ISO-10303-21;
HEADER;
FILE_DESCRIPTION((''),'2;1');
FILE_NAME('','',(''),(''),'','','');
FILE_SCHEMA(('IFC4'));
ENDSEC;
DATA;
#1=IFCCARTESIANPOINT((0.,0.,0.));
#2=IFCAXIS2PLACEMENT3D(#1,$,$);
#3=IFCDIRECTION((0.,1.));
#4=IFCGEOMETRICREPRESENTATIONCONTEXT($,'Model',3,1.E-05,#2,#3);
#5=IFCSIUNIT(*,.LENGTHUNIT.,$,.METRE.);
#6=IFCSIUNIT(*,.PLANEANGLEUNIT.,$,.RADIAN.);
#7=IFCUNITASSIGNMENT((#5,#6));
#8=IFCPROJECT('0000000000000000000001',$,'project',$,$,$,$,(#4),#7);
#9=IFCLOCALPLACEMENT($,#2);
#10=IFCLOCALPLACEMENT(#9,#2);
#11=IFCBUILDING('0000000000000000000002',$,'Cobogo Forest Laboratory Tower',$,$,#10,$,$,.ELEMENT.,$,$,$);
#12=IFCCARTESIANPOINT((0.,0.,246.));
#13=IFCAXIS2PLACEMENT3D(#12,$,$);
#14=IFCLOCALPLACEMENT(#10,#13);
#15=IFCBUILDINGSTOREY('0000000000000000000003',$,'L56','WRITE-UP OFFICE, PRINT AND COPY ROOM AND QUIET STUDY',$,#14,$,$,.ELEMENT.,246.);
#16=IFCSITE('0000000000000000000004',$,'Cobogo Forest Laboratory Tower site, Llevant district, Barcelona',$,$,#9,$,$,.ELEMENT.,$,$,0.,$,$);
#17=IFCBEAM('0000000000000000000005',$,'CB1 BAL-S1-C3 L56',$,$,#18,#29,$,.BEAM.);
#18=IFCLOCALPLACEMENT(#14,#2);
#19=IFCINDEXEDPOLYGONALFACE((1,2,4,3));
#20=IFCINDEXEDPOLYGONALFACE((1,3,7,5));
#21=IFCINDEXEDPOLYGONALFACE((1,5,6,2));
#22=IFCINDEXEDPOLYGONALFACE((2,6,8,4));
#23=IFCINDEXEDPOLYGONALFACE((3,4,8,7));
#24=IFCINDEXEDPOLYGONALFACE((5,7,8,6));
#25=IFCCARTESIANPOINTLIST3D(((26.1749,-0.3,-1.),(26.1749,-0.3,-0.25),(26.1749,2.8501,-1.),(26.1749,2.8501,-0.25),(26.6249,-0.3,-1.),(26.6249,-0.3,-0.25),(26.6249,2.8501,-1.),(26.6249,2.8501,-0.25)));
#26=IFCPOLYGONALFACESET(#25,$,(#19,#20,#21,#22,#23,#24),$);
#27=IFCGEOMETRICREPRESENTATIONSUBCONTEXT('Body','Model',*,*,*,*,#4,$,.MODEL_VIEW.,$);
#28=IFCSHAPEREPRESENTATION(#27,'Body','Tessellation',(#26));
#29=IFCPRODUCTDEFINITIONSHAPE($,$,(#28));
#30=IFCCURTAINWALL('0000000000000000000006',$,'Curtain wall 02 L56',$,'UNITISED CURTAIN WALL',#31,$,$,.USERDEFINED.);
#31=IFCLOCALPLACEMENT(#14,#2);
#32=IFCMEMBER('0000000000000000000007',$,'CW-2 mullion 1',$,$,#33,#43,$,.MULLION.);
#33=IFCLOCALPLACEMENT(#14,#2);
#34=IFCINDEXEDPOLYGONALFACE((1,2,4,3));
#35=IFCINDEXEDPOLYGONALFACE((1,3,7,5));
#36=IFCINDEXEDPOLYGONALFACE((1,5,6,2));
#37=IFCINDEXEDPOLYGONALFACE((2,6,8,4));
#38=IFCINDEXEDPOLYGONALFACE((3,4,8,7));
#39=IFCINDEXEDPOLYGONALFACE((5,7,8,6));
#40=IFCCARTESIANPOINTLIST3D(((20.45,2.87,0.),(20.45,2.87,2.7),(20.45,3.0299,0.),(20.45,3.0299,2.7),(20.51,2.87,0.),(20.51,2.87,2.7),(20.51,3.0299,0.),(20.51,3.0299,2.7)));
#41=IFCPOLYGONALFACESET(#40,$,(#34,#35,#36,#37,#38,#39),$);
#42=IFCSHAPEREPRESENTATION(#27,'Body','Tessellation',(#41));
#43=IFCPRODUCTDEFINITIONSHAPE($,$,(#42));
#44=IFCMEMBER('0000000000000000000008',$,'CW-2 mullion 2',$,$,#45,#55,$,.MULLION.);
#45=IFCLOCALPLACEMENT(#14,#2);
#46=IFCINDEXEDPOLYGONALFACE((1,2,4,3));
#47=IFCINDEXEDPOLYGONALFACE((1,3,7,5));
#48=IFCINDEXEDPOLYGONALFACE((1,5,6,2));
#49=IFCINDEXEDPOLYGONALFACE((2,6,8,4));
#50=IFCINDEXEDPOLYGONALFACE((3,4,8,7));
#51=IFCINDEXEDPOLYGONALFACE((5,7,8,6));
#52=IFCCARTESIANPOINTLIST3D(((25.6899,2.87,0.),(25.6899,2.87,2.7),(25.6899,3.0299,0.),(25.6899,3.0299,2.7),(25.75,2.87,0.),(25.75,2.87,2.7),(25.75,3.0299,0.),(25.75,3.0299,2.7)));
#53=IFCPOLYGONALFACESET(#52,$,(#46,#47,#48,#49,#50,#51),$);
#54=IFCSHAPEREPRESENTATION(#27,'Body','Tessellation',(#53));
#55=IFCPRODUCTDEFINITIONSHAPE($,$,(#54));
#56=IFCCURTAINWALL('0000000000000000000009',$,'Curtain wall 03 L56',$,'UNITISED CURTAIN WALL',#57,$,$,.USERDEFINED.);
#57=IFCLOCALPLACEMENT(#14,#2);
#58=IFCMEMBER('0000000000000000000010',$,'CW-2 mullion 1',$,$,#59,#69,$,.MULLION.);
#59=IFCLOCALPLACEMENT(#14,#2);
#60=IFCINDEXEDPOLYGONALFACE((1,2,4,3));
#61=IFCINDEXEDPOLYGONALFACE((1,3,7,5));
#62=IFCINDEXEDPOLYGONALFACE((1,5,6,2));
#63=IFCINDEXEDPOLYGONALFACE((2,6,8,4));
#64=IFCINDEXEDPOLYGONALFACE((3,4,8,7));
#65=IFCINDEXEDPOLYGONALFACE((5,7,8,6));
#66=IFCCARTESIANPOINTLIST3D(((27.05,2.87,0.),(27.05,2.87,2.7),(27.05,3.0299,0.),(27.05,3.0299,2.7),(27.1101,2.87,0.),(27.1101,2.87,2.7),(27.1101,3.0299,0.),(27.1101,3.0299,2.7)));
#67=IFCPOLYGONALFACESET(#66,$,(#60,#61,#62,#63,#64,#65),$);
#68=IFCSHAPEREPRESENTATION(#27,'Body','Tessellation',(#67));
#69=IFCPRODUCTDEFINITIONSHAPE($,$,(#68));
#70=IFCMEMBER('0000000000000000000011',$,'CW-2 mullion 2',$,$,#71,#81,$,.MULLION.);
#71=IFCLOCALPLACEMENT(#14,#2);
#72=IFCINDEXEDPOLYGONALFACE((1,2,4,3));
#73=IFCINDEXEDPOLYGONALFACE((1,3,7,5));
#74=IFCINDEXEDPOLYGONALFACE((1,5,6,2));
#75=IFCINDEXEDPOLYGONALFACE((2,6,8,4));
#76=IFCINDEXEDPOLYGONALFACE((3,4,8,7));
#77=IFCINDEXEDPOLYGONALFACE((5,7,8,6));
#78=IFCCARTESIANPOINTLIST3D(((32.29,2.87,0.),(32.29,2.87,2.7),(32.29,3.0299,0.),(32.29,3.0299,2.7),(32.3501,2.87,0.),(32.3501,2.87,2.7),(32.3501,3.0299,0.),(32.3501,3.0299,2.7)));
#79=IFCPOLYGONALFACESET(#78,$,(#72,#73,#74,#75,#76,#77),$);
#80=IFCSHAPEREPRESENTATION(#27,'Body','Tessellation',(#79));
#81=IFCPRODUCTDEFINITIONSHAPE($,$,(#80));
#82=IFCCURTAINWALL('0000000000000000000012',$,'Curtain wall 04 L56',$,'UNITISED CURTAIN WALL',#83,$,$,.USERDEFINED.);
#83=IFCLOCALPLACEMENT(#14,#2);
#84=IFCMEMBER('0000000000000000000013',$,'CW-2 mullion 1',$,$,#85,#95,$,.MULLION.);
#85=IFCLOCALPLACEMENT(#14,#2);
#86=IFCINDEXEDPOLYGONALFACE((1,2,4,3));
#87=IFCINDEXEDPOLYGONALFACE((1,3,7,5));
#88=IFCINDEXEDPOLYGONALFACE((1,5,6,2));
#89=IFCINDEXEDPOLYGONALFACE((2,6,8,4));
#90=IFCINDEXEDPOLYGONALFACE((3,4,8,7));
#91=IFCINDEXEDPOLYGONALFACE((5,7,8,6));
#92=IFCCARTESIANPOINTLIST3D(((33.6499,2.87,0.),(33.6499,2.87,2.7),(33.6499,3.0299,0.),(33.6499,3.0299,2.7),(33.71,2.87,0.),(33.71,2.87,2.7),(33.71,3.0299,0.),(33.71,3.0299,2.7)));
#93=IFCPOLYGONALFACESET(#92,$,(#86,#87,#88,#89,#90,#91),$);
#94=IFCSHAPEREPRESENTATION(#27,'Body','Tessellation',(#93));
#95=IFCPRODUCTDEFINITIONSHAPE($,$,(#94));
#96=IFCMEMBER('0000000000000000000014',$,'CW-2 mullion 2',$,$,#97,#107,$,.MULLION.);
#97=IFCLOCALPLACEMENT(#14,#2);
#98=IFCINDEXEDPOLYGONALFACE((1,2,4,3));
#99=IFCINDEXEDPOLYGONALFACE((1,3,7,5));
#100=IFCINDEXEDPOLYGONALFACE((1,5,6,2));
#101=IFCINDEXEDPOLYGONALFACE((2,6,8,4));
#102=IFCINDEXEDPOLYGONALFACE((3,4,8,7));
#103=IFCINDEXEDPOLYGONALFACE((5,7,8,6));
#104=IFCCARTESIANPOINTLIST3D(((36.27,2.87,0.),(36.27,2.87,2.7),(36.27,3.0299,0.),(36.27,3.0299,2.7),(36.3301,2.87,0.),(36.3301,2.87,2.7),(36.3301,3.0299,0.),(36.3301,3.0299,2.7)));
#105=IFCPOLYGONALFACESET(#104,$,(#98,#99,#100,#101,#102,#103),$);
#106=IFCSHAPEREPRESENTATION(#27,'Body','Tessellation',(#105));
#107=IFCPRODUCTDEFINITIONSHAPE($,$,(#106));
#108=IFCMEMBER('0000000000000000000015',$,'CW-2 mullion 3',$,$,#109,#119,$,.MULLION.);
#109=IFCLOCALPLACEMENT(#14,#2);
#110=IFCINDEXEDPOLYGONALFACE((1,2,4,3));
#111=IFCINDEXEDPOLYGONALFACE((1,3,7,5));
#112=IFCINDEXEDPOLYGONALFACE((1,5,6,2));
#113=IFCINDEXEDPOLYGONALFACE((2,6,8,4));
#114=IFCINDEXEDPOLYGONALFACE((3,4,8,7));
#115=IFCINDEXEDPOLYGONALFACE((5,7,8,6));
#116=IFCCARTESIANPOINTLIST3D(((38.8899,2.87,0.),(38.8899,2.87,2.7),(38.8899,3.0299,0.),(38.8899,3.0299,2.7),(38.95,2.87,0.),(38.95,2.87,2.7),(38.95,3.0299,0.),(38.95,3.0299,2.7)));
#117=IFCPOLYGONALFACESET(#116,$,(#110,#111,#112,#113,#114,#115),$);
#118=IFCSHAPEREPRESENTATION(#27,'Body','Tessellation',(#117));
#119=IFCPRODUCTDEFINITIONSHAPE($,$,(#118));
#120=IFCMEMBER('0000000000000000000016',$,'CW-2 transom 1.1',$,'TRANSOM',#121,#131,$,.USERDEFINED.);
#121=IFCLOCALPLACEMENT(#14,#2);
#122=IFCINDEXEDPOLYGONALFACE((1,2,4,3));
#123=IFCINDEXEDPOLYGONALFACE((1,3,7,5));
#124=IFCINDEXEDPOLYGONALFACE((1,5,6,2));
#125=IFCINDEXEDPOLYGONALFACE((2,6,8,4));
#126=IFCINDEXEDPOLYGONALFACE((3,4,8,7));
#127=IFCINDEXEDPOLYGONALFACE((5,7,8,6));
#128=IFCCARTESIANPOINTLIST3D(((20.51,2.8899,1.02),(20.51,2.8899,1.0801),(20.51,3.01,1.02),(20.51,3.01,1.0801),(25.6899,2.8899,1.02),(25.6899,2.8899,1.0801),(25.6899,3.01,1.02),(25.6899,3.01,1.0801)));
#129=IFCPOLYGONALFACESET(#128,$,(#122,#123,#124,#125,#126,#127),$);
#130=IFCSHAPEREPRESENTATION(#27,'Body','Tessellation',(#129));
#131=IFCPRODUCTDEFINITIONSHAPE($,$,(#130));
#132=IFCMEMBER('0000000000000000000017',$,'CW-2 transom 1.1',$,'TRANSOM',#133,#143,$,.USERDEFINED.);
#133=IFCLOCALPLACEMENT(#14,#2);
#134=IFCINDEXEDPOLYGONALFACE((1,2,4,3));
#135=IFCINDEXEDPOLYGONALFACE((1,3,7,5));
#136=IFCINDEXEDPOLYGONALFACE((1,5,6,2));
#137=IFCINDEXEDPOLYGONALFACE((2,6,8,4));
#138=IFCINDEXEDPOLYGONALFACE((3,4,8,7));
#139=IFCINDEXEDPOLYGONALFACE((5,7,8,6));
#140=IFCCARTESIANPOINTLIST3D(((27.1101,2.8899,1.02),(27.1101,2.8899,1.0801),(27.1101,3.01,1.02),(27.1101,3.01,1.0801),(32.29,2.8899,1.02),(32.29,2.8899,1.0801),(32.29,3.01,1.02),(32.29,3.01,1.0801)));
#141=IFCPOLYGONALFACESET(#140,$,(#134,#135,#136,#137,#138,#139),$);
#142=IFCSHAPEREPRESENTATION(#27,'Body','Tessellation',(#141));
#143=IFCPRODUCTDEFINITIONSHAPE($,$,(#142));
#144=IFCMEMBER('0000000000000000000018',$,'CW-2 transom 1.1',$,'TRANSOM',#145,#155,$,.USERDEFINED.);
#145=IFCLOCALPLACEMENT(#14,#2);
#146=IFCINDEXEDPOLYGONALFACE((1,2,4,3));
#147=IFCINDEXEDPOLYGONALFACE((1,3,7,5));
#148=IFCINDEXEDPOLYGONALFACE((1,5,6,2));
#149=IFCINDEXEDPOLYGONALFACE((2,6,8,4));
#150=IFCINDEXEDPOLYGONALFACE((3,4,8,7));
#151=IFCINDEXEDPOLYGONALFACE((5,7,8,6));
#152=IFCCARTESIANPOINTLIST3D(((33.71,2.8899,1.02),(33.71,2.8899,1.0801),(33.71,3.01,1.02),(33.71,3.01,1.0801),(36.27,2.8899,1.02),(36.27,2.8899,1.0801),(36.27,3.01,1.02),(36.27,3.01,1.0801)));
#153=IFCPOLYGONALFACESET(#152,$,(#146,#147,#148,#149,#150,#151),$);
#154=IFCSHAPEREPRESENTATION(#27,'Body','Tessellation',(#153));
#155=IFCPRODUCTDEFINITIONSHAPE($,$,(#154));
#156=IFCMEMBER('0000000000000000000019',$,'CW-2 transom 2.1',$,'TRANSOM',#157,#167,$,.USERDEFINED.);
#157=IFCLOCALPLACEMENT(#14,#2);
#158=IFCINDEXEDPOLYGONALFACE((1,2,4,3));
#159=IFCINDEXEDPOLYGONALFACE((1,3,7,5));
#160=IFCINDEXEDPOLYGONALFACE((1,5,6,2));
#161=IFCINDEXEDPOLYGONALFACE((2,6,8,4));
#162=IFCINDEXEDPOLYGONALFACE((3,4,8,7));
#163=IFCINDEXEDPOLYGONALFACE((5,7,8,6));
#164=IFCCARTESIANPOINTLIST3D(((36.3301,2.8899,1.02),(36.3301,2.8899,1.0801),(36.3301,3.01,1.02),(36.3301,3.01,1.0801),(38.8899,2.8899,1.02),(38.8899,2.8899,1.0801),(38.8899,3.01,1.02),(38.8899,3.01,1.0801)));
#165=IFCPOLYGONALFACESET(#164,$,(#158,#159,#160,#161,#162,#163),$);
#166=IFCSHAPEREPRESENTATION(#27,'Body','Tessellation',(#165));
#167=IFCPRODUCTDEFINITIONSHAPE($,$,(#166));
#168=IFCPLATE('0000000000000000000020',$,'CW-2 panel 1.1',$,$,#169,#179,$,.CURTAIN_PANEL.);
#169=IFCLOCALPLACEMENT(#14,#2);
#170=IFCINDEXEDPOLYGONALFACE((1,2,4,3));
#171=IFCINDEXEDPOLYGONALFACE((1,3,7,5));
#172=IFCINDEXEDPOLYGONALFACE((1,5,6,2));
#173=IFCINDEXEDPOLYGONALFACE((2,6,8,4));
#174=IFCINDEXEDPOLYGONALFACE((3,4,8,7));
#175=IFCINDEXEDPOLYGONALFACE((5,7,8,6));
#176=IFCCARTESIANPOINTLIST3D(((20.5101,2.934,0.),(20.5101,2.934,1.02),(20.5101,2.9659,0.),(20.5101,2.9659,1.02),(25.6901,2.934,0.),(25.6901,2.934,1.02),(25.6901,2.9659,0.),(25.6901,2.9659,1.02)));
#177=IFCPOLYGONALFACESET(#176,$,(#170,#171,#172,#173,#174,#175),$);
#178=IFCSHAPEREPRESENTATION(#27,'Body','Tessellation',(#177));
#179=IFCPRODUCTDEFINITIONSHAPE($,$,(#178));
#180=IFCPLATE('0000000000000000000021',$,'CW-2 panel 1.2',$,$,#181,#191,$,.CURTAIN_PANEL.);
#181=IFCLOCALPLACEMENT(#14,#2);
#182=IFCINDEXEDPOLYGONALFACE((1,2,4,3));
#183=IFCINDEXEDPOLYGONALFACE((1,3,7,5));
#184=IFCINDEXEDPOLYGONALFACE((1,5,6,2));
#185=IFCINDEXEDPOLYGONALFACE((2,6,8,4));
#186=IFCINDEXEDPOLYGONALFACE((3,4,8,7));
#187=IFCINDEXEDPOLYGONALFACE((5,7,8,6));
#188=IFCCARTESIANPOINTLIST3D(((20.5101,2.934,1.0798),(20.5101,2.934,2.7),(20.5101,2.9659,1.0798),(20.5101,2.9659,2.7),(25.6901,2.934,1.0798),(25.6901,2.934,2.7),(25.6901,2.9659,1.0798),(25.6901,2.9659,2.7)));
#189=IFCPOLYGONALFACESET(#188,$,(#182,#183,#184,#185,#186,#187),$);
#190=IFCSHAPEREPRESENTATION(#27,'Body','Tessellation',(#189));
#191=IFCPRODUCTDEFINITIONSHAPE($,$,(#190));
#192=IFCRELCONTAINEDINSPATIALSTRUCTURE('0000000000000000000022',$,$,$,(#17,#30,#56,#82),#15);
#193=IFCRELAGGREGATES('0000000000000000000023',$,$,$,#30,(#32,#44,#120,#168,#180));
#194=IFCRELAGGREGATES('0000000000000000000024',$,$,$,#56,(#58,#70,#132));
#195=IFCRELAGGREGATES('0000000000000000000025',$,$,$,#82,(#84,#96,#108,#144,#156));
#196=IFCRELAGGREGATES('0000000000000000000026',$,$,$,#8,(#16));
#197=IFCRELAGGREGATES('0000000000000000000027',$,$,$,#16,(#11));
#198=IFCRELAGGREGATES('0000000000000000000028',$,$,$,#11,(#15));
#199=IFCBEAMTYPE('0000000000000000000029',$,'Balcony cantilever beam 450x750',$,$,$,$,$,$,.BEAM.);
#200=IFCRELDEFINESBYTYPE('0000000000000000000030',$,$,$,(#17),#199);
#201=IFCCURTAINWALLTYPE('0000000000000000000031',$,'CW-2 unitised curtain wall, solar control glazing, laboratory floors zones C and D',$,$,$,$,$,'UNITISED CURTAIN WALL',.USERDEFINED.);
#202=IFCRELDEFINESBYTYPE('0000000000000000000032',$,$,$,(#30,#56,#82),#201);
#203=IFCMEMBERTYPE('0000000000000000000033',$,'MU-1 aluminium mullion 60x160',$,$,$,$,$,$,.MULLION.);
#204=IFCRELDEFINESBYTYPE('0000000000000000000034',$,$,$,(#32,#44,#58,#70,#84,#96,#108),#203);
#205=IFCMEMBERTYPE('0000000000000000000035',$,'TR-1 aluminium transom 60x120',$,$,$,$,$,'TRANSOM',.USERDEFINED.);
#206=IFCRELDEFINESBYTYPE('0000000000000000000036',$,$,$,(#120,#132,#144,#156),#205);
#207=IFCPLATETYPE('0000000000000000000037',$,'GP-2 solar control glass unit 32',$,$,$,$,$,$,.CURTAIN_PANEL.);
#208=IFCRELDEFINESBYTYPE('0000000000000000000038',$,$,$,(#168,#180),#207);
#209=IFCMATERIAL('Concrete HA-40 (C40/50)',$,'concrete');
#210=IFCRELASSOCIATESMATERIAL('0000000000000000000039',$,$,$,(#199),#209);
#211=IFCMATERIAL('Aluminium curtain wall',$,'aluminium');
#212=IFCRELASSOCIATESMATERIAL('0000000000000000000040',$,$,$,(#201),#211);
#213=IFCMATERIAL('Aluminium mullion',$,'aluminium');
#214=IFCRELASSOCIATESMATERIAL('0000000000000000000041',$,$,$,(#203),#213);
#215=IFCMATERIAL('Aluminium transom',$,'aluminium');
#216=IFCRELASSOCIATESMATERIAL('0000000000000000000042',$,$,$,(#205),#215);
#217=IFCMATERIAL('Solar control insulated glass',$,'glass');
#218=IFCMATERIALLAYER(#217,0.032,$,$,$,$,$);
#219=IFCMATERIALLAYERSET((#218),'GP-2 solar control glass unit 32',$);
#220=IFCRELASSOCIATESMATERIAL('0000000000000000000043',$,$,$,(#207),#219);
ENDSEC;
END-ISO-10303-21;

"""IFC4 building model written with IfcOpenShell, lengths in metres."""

from ifc_helpers import new_model, si_unit, direction, frame, origin, origin_2d, place, context, subcontext, project, spatial, rectangle, extrude, material, layer, layer_set, material_profile, profile_set, type_object, element, aggregate, save


model = new_model("IFC4")

# Units and contexts
model_context = context("Model", 3, precision=1e-05, world=origin(), true_north=direction((0.0, 1.0)))
body_context = subcontext(model_context, "Body", "Model", "MODEL_VIEW")
ifc_project = project(units=[si_unit("LENGTHUNIT", "METRE"), si_unit("PLANEANGLEUNIT", "RADIAN")], contexts=[model_context])

# Site, building, storey
site_placement = place(None, origin())
site = spatial("IfcSite", under=ifc_project, at=site_placement, Name="Cobogo Forest Laboratory Tower site, Llevant district, Barcelona", CompositionType="ELEMENT", RefElevation=0.0)
building_placement = place(site_placement, origin())
building = spatial("IfcBuilding", under=site, at=building_placement, Name="Cobogo Forest Laboratory Tower", CompositionType="ELEMENT")
storey_placement = place(building_placement, frame((0.0, 0.0, 246.0)))
storey = spatial("IfcBuildingStorey", under=building, at=storey_placement, Name="L56", Description="WRITE-UP OFFICE, PRINT AND COPY ROOM AND QUIET STUDY", CompositionType="ELEMENT", Elevation=246.0)

# Beam
ifc_material_1 = material(Name="Concrete HA-40 (C40/50)", Category="concrete")
ifc_material_profile_1 = material_profile(ifc_material_1, rectangle(XDim=0.45, YDim=0.75, at=origin_2d()), Name="RC 450x750")
ifc_profile_set_1 = profile_set([ifc_material_profile_1], Name="Concrete HA-40 (C40/50)")
beam_type = type_object("IfcBeamType", Name="Balcony cantilever beam 450x750", PredefinedType="BEAM", material=ifc_profile_set_1)
beam_placement = place(storey_placement, frame((26.3999, 2.8501, -0.625), z_axis=(0.0, -1.0, 0.0), x_axis=(1.0, 0.0, 0.0)))
element("IfcBeam", 1, at=beam_placement, inside=storey, type_object=beam_type, Name="CB1 BAL-S1-C3 L56", PredefinedType="BEAM", context=body_context, shape_type="SweptSolid", body=[
    extrude(rectangle(XDim=0.45, YDim=0.75, at=origin_2d()), origin(), (0.0, 0.0, 1.0), 3.1501),
])

# Curtain walls, members
ifc_material_2 = material(Name="Aluminium curtain wall", Category="aluminium")
curtain_wall_type = type_object("IfcCurtainWallType", Name="CW-2 unitised curtain wall, solar control glazing, laboratory floors zones C and D", ElementType="UNITISED CURTAIN WALL", PredefinedType="USERDEFINED", material=ifc_material_2)
curtain_wall_1_placement = place(storey_placement, origin())
curtain_wall_1 = element("IfcCurtainWall", 2, at=curtain_wall_1_placement, inside=storey, type_object=curtain_wall_type, Name="Curtain wall 02 L56", ObjectType="UNITISED CURTAIN WALL", PredefinedType="USERDEFINED")
ifc_material_3 = material(Name="Aluminium mullion", Category="aluminium")
ifc_material_profile_2 = material_profile(ifc_material_3, rectangle(XDim=0.0601, YDim=0.1599, at=origin_2d()), Name="AL 60x160")
ifc_profile_set_2 = profile_set([ifc_material_profile_2], Name="Aluminium mullion")
member_type_1 = type_object("IfcMemberType", Name="MU-1 aluminium mullion 60x160", PredefinedType="MULLION", material=ifc_profile_set_2)
member_1_placement = place(storey_placement, frame((20.48, 2.95, 0.0), z_axis=(0.0, 0.0, 1.0), x_axis=(1.0, 0.0, 0.0)))
member_1 = element("IfcMember", 3, at=member_1_placement, type_object=member_type_1, Name="CW-2 mullion 1", PredefinedType="MULLION", context=body_context, shape_type="SweptSolid", body=[
    extrude(rectangle(XDim=0.0601, YDim=0.1599, at=origin_2d()), origin(), (0.0, 0.0, 1.0), 2.7),
])
member_2_placement = place(storey_placement, frame((25.72, 2.95, 0.0), z_axis=(0.0, 0.0, 1.0), x_axis=(1.0, 0.0, 0.0)))
member_2 = element("IfcMember", 4, at=member_2_placement, type_object=member_type_1, Name="CW-2 mullion 2", PredefinedType="MULLION", context=body_context, shape_type="SweptSolid", body=[
    extrude(rectangle(XDim=0.0601, YDim=0.1599, at=origin_2d()), origin(), (0.0, 0.0, 1.0), 2.7),
])
curtain_wall_2_placement = place(storey_placement, origin())
curtain_wall_2 = element("IfcCurtainWall", 5, at=curtain_wall_2_placement, inside=storey, type_object=curtain_wall_type, Name="Curtain wall 03 L56", ObjectType="UNITISED CURTAIN WALL", PredefinedType="USERDEFINED")
member_3_placement = place(storey_placement, frame((27.0801, 2.95, 0.0), z_axis=(0.0, 0.0, 1.0), x_axis=(1.0, 0.0, 0.0)))
member_3 = element("IfcMember", 6, at=member_3_placement, type_object=member_type_1, Name="CW-2 mullion 1", PredefinedType="MULLION", context=body_context, shape_type="SweptSolid", body=[
    extrude(rectangle(XDim=0.0601, YDim=0.1599, at=origin_2d()), origin(), (0.0, 0.0, 1.0), 2.7),
])
member_4_placement = place(storey_placement, frame((32.3201, 2.95, 0.0), z_axis=(0.0, 0.0, 1.0), x_axis=(1.0, 0.0, 0.0)))
member_4 = element("IfcMember", 7, at=member_4_placement, type_object=member_type_1, Name="CW-2 mullion 2", PredefinedType="MULLION", context=body_context, shape_type="SweptSolid", body=[
    extrude(rectangle(XDim=0.0601, YDim=0.1599, at=origin_2d()), origin(), (0.0, 0.0, 1.0), 2.7),
])
curtain_wall_3_placement = place(storey_placement, origin())
curtain_wall_3 = element("IfcCurtainWall", 8, at=curtain_wall_3_placement, inside=storey, type_object=curtain_wall_type, Name="Curtain wall 04 L56", ObjectType="UNITISED CURTAIN WALL", PredefinedType="USERDEFINED")
member_5_placement = place(storey_placement, frame((33.6799, 2.95, 0.0), z_axis=(0.0, 0.0, 1.0), x_axis=(1.0, 0.0, 0.0)))
member_5 = element("IfcMember", 9, at=member_5_placement, type_object=member_type_1, Name="CW-2 mullion 1", PredefinedType="MULLION", context=body_context, shape_type="SweptSolid", body=[
    extrude(rectangle(XDim=0.0601, YDim=0.1599, at=origin_2d()), origin(), (0.0, 0.0, 1.0), 2.7),
])
member_6_placement = place(storey_placement, frame((36.3, 2.95, 0.0), z_axis=(0.0, 0.0, 1.0), x_axis=(1.0, 0.0, 0.0)))
member_6 = element("IfcMember", 10, at=member_6_placement, type_object=member_type_1, Name="CW-2 mullion 2", PredefinedType="MULLION", context=body_context, shape_type="SweptSolid", body=[
    extrude(rectangle(XDim=0.0601, YDim=0.1599, at=origin_2d()), origin(), (0.0, 0.0, 1.0), 2.7),
])
member_7_placement = place(storey_placement, frame((38.9199, 2.95, 0.0), z_axis=(0.0, 0.0, 1.0), x_axis=(1.0, 0.0, 0.0)))
member_7 = element("IfcMember", 11, at=member_7_placement, type_object=member_type_1, Name="CW-2 mullion 3", PredefinedType="MULLION", context=body_context, shape_type="SweptSolid", body=[
    extrude(rectangle(XDim=0.0601, YDim=0.1599, at=origin_2d()), origin(), (0.0, 0.0, 1.0), 2.7),
])

# Members
ifc_material_4 = material(Name="Aluminium transom", Category="aluminium")
ifc_material_profile_3 = material_profile(ifc_material_4, rectangle(XDim=0.1201, YDim=0.0601, at=origin_2d()), Name="AL 60x120")
ifc_profile_set_3 = profile_set([ifc_material_profile_3], Name="Aluminium transom")
member_type_2 = type_object("IfcMemberType", Name="TR-1 aluminium transom 60x120", ElementType="TRANSOM", PredefinedType="USERDEFINED", material=ifc_profile_set_3)
member_8_placement = place(storey_placement, frame((20.51, 2.95, 1.05), z_axis=(1.0, 0.0, 0.0), x_axis=(0.0, 1.0, 0.0)))
member_8 = element("IfcMember", 12, at=member_8_placement, type_object=member_type_2, Name="CW-2 transom 1.1", ObjectType="TRANSOM", PredefinedType="USERDEFINED", context=body_context, shape_type="SweptSolid", body=[
    extrude(rectangle(XDim=0.1201, YDim=0.0601, at=origin_2d()), origin(), (0.0, 0.0, 1.0), 5.1799),
])
member_9_placement = place(storey_placement, frame((27.1101, 2.95, 1.05), z_axis=(1.0, 0.0, 0.0), x_axis=(0.0, 1.0, 0.0)))
member_9 = element("IfcMember", 13, at=member_9_placement, type_object=member_type_2, Name="CW-2 transom 1.1", ObjectType="TRANSOM", PredefinedType="USERDEFINED", context=body_context, shape_type="SweptSolid", body=[
    extrude(rectangle(XDim=0.1201, YDim=0.0601, at=origin_2d()), origin(), (0.0, 0.0, 1.0), 5.1799),
])
member_10_placement = place(storey_placement, frame((33.71, 2.95, 1.05), z_axis=(1.0, 0.0, 0.0), x_axis=(0.0, 1.0, 0.0)))
member_10 = element("IfcMember", 14, at=member_10_placement, type_object=member_type_2, Name="CW-2 transom 1.1", ObjectType="TRANSOM", PredefinedType="USERDEFINED", context=body_context, shape_type="SweptSolid", body=[
    extrude(rectangle(XDim=0.1201, YDim=0.0601, at=origin_2d()), origin(), (0.0, 0.0, 1.0), 2.5601),
])
member_11_placement = place(storey_placement, frame((36.3301, 2.95, 1.05), z_axis=(1.0, 0.0, 0.0), x_axis=(0.0, 1.0, 0.0)))
member_11 = element("IfcMember", 15, at=member_11_placement, type_object=member_type_2, Name="CW-2 transom 2.1", ObjectType="TRANSOM", PredefinedType="USERDEFINED", context=body_context, shape_type="SweptSolid", body=[
    extrude(rectangle(XDim=0.1201, YDim=0.0601, at=origin_2d()), origin(), (0.0, 0.0, 1.0), 2.5598),
])

# Plates
ifc_material_5 = material(Name="Solar control insulated glass", Category="glass")
ifc_layer_1 = layer(ifc_material_5, 0.032)
ifc_layer_set_1 = layer_set([ifc_layer_1], Name="GP-2 solar control glass unit 32")
plate_type_1 = type_object("IfcPlateType", Name="GP-2 solar control glass unit 32", PredefinedType="CURTAIN_PANEL", material=ifc_layer_set_1)
plate_1_placement = place(storey_placement, frame((23.1001, 2.95, 0.0), z_axis=(0.0, 0.0, 1.0), x_axis=(1.0, 0.0, 0.0)))
plate_1 = element("IfcPlate", 16, at=plate_1_placement, type_object=plate_type_1, Name="CW-2 panel 1.1", PredefinedType="CURTAIN_PANEL", context=body_context, shape_type="SweptSolid", body=[
    extrude(rectangle(XDim=5.1799, YDim=0.032, at=origin_2d()), origin(), (0.0, 0.0, 1.0), 1.02),
])
plate_2_placement = place(storey_placement, frame((23.1001, 2.95, 1.0798), z_axis=(0.0, 0.0, 1.0), x_axis=(1.0, 0.0, 0.0)))
plate_2 = element("IfcPlate", 17, at=plate_2_placement, type_object=plate_type_1, Name="CW-2 panel 1.2", PredefinedType="CURTAIN_PANEL", context=body_context, shape_type="SweptSolid", body=[
    extrude(rectangle(XDim=5.1799, YDim=0.032, at=origin_2d()), origin(), (0.0, 0.0, 1.0), 1.6201),
])
aggregate(curtain_wall_1, [member_1, member_2, member_8, plate_1, plate_2])
aggregate(curtain_wall_2, [member_3, member_4, member_9])
aggregate(curtain_wall_3, [member_5, member_6, member_7, member_10, member_11])

save(model, "model.ifc")
